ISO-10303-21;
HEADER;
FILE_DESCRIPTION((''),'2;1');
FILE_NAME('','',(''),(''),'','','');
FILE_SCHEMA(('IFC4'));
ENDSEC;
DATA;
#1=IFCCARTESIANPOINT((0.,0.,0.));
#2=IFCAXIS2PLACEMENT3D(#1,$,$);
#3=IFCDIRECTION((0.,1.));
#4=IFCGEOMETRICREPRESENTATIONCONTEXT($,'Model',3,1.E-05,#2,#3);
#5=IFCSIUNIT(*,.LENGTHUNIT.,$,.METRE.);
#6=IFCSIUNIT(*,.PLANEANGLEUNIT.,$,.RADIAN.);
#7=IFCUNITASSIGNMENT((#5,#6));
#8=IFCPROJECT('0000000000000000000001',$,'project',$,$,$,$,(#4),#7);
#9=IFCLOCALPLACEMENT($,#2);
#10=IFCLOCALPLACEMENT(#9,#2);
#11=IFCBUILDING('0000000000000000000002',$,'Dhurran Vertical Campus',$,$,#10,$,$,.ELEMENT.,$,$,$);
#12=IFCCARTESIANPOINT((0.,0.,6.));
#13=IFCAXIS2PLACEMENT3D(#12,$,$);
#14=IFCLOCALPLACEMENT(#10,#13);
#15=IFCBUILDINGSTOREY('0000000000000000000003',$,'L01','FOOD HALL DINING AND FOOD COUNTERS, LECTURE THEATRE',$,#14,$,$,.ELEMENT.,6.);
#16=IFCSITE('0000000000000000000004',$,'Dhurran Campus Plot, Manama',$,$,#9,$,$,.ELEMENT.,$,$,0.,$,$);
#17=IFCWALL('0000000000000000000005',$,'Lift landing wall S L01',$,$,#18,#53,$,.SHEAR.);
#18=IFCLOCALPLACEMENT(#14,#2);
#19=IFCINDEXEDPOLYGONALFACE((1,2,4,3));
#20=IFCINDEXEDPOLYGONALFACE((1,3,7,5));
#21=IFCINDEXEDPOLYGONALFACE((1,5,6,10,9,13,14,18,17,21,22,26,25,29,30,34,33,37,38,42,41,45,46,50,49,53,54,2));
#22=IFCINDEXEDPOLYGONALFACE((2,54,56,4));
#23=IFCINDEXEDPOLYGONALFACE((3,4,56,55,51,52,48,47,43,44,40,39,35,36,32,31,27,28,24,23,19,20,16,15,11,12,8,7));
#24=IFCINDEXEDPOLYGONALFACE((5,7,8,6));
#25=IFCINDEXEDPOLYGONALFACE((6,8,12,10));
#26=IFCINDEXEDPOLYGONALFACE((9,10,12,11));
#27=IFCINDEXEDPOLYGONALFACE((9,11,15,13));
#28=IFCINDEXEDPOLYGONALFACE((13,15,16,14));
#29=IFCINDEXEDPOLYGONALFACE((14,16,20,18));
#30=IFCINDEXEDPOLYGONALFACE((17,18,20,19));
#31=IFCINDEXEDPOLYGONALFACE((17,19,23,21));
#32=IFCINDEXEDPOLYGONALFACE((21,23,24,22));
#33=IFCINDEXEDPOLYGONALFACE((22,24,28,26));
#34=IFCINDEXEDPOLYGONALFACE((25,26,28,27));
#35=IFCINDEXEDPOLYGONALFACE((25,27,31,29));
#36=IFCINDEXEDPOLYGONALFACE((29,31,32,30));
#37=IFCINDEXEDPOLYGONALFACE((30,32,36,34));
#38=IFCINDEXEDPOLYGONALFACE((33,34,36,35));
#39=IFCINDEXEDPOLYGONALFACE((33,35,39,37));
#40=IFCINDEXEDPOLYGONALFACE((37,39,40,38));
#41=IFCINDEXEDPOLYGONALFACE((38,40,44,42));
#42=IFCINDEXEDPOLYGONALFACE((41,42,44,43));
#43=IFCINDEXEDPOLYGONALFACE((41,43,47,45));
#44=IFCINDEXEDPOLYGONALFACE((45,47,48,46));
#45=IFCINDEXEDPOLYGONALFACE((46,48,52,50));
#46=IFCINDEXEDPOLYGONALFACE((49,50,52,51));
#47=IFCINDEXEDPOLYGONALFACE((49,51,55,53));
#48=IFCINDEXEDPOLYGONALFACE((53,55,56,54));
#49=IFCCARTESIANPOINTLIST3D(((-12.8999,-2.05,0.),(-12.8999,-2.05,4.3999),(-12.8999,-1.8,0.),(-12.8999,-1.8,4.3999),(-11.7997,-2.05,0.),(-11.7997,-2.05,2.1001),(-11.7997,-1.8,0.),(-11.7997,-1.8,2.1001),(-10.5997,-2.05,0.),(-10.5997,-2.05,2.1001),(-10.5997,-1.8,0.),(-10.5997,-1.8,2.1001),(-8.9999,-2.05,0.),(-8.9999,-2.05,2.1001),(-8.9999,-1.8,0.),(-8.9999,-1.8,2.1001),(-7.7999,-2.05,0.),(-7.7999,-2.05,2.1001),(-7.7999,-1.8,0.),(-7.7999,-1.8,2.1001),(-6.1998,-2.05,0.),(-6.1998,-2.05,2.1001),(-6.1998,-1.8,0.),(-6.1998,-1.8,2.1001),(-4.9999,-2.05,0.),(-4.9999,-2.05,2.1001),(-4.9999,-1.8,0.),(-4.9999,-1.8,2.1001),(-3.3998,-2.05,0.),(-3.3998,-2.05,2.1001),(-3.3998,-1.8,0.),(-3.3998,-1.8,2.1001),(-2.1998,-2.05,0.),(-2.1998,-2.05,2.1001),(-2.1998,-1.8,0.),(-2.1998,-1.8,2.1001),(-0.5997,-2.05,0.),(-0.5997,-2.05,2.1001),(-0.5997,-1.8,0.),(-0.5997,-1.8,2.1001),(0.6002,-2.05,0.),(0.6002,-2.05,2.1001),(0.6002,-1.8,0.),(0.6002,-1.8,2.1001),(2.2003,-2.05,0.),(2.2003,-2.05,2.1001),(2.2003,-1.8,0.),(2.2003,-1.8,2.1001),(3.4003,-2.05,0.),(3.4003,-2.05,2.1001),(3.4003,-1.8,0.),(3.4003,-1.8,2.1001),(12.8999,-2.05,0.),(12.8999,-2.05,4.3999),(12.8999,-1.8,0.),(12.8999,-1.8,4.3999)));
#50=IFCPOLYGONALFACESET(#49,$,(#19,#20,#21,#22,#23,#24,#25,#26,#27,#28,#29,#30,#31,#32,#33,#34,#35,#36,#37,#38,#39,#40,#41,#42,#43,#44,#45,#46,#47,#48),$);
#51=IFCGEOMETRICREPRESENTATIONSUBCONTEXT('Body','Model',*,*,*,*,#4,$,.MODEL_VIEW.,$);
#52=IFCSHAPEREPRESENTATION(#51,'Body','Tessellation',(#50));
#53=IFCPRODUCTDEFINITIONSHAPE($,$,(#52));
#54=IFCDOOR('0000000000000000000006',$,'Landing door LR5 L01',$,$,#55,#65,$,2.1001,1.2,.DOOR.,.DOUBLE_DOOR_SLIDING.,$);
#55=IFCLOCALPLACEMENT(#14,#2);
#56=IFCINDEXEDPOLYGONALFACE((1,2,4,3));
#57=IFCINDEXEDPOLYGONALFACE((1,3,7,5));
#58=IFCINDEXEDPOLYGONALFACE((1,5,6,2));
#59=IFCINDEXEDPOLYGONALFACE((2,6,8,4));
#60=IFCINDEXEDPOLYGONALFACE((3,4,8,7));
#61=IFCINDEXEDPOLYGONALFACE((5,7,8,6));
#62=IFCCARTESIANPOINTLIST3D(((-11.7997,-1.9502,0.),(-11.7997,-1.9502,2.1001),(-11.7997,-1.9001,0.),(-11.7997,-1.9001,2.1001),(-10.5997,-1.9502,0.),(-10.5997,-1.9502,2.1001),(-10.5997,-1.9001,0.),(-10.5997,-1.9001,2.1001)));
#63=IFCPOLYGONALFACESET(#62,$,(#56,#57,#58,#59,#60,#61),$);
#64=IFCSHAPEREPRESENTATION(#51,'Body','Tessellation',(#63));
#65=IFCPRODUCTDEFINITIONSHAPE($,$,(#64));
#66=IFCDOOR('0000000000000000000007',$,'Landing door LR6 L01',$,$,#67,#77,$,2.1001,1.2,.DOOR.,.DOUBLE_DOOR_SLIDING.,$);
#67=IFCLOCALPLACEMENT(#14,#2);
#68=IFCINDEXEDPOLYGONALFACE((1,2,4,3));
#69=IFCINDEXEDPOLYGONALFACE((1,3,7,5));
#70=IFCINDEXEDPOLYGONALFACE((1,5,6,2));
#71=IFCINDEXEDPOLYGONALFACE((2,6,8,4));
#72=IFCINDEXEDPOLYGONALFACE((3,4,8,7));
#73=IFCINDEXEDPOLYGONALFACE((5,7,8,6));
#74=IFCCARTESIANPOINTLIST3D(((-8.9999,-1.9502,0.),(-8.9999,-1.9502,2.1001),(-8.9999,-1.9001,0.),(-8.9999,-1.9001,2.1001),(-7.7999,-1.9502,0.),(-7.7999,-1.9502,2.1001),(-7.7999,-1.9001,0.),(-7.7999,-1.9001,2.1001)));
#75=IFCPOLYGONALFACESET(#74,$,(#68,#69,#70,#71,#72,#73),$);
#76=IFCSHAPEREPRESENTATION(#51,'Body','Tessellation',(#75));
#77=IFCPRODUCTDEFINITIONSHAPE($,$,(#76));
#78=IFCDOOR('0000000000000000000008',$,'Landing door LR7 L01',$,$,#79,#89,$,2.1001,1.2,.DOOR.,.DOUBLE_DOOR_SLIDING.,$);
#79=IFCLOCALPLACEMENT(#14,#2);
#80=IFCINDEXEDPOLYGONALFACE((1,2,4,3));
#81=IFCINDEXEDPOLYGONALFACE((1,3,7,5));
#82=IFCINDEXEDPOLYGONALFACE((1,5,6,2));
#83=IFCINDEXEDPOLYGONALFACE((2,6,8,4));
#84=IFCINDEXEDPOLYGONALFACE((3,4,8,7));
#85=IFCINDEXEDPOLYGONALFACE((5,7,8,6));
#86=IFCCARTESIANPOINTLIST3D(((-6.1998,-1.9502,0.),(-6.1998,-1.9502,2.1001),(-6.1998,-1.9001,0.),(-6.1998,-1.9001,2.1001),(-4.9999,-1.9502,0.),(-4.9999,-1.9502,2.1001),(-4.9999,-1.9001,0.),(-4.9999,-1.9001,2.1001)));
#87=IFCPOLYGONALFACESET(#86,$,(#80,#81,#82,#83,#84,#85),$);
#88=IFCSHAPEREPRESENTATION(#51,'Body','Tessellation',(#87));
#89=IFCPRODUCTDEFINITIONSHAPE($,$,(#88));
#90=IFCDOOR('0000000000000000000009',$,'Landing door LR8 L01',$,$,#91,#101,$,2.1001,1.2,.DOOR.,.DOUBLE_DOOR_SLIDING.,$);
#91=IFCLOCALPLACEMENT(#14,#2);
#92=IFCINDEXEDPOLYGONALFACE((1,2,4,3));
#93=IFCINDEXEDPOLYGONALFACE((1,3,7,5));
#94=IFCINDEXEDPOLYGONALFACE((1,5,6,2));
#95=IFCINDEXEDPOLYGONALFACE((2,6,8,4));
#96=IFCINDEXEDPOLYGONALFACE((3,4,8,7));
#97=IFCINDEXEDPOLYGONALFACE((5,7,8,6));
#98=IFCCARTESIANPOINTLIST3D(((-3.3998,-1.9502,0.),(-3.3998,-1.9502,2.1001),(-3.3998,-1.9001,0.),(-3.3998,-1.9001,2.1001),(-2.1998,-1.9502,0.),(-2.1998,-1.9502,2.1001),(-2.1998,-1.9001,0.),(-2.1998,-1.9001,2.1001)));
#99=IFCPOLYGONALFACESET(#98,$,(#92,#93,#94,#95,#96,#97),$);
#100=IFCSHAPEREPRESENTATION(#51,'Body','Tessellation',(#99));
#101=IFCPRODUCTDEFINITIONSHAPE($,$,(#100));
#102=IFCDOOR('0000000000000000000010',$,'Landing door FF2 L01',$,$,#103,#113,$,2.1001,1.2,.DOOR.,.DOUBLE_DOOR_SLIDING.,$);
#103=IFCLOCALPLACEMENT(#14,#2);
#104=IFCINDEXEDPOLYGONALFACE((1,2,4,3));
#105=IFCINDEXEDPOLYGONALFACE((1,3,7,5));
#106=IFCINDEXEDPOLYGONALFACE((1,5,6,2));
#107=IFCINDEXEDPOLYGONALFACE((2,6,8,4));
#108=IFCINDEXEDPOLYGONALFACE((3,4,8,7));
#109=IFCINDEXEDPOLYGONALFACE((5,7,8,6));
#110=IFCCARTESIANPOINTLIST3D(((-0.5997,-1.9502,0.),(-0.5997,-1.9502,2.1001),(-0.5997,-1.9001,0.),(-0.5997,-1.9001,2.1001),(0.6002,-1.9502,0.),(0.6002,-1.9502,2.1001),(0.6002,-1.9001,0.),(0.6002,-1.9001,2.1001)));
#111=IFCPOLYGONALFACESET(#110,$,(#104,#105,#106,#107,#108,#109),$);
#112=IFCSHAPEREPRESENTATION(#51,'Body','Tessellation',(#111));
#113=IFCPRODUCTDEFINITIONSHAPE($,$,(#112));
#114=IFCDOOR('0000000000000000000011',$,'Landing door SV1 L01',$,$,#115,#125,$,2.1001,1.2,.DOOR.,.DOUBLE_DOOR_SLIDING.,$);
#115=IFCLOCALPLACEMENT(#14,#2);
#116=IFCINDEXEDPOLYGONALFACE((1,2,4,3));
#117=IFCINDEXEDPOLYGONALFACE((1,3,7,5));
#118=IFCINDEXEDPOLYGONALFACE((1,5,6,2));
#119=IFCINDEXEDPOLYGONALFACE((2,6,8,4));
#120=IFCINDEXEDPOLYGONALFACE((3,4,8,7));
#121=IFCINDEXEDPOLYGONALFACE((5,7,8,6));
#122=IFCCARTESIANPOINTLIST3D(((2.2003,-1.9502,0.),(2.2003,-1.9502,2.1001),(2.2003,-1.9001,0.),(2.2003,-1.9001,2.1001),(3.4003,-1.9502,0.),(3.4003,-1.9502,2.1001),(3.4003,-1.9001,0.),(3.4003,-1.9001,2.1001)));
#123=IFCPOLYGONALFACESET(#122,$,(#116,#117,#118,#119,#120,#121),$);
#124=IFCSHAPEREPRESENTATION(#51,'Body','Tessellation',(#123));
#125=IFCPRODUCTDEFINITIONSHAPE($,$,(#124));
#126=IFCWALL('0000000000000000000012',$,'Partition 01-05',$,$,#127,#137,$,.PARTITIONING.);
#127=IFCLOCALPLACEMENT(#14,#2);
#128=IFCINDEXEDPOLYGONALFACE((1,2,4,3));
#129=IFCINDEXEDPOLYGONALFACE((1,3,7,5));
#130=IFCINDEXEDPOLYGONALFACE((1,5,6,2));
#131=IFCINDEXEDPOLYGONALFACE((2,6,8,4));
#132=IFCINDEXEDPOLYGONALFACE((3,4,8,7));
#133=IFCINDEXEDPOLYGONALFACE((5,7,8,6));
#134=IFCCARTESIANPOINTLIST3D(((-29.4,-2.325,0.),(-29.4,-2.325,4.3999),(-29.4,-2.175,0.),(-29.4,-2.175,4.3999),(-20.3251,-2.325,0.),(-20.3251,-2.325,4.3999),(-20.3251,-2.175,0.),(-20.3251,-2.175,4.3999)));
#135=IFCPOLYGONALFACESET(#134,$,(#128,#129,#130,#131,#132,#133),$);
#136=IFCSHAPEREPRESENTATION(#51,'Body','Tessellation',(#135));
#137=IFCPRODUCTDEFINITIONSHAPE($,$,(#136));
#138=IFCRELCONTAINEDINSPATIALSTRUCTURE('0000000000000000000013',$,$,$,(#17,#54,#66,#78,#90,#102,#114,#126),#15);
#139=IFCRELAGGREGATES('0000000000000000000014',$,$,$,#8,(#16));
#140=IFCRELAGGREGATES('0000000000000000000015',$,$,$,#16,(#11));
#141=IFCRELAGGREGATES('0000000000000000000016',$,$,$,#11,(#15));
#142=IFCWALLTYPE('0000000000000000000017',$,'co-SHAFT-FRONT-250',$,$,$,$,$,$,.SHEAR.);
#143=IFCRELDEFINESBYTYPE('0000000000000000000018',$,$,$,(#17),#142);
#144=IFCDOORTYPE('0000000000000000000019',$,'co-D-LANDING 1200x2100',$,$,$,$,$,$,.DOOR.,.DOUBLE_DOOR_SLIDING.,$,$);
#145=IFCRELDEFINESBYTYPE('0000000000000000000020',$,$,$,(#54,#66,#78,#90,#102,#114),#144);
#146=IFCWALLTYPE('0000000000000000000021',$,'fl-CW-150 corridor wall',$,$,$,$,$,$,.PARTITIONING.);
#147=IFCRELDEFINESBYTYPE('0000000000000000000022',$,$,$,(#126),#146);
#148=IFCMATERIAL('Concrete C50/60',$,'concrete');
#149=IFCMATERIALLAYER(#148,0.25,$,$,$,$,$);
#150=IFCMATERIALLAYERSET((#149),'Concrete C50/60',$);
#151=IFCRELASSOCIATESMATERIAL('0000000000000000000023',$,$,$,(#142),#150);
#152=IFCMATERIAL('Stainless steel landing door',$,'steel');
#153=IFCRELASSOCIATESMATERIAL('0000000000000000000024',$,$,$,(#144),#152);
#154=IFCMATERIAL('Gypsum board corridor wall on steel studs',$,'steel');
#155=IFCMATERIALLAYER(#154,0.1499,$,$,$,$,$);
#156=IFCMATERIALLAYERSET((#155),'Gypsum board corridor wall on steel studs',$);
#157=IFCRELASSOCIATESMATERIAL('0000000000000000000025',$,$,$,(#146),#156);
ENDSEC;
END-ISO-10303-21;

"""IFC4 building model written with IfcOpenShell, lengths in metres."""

from ifc_helpers import new_model, si_unit, direction, frame, frame_2d, origin, place, context, subcontext, project, spatial, rectangle, extrude, material, layer, layer_set, type_object, element, fill, save


model = new_model("IFC4")

# Units and contexts
model_context = context("Model", 3, precision=1e-05, world=origin(), true_north=direction((0.0, 1.0)))
body_context = subcontext(model_context, "Body", "Model", "MODEL_VIEW")
ifc_project = project(units=[si_unit("LENGTHUNIT", "METRE"), si_unit("PLANEANGLEUNIT", "RADIAN")], contexts=[model_context])

# Site, building, storey
site_placement = place(None, origin())
site = spatial("IfcSite", under=ifc_project, at=site_placement, Name="Dhurran Campus Plot, Manama", CompositionType="ELEMENT", RefElevation=0.0)
building_placement = place(site_placement, origin())
building = spatial("IfcBuilding", under=site, at=building_placement, Name="Dhurran Vertical Campus", CompositionType="ELEMENT")
storey_placement = place(building_placement, frame((0.0, 0.0, 6.0)))
storey = spatial("IfcBuildingStorey", under=building, at=storey_placement, Name="L01", Description="FOOD HALL DINING AND FOOD COUNTERS, LECTURE THEATRE", CompositionType="ELEMENT", Elevation=6.0)

# Wall, openings, doors
ifc_material_1 = material(Name="Concrete C50/60", Category="concrete")
ifc_layer_1 = layer(ifc_material_1, 0.25)
ifc_layer_set_1 = layer_set([ifc_layer_1], Name="Concrete C50/60")
wall_type_1 = type_object("IfcWallType", Name="co-SHAFT-FRONT-250", PredefinedType="SHEAR", material=ifc_layer_set_1)
ifc_material_2 = material(Name="Stainless steel landing door", Category="steel")
door_type_1 = type_object("IfcDoorType", Name="co-D-LANDING 1200x2100", OperationType="DOUBLE_DOOR_SLIDING", PredefinedType="DOOR", material=ifc_material_2)
wall_1_placement = place(storey_placement, frame((-12.8999, -1.925, 0.0), z_axis=(0.0, 0.0, 1.0), x_axis=(1.0, 0.0, 0.0)))
wall_1 = element("IfcWall", 1, at=wall_1_placement, inside=storey, type_object=wall_type_1, Name="Lift landing wall S L01", PredefinedType="SHEAR", context=body_context, shape_type="SweptSolid", body=[
    extrude(rectangle(XDim=25.7998, YDim=0.25, at=frame_2d((12.8999, 0.0))), origin(), (0.0, 0.0, 1.0), 4.3999),
])
opening_1_placement = place(wall_1_placement, frame((1.1001, 0.0, 0.0)))
opening_1 = element("IfcOpeningElement", 2, at=opening_1_placement, cuts=wall_1, PredefinedType="OPENING", context=body_context, shape_type="SweptSolid", body=[
    extrude(rectangle(XDim=1.2, YDim=2.1001, at=frame_2d((0.6001, 1.05))), frame((0.0, 0.135, 0.0), z_axis=(0.0, -1.0, 0.0), x_axis=(1.0, 0.0, 0.0)), (0.0, 0.0, 1.0), 0.27),
])
opening_2_placement = place(wall_1_placement, frame((3.8999, 0.0, 0.0)))
opening_2 = element("IfcOpeningElement", 3, at=opening_2_placement, cuts=wall_1, PredefinedType="OPENING", context=body_context, shape_type="SweptSolid", body=[
    extrude(rectangle(XDim=1.2, YDim=2.1001, at=frame_2d((0.6001, 1.05))), frame((0.0, 0.135, 0.0), z_axis=(0.0, -1.0, 0.0), x_axis=(1.0, 0.0, 0.0)), (0.0, 0.0, 1.0), 0.27),
])
opening_3_placement = place(wall_1_placement, frame((6.7, 0.0, 0.0)))
opening_3 = element("IfcOpeningElement", 4, at=opening_3_placement, cuts=wall_1, PredefinedType="OPENING", context=body_context, shape_type="SweptSolid", body=[
    extrude(rectangle(XDim=1.2, YDim=2.1001, at=frame_2d((0.6001, 1.05))), frame((0.0, 0.135, 0.0), z_axis=(0.0, -1.0, 0.0), x_axis=(1.0, 0.0, 0.0)), (0.0, 0.0, 1.0), 0.27),
])
opening_4_placement = place(wall_1_placement, frame((9.5, 0.0, 0.0)))
opening_4 = element("IfcOpeningElement", 5, at=opening_4_placement, cuts=wall_1, PredefinedType="OPENING", context=body_context, shape_type="SweptSolid", body=[
    extrude(rectangle(XDim=1.2, YDim=2.1001, at=frame_2d((0.6001, 1.05))), frame((0.0, 0.135, 0.0), z_axis=(0.0, -1.0, 0.0), x_axis=(1.0, 0.0, 0.0)), (0.0, 0.0, 1.0), 0.27),
])
opening_5_placement = place(wall_1_placement, frame((12.3, 0.0, 0.0)))
opening_5 = element("IfcOpeningElement", 6, at=opening_5_placement, cuts=wall_1, PredefinedType="OPENING", context=body_context, shape_type="SweptSolid", body=[
    extrude(rectangle(XDim=1.2, YDim=2.1001, at=frame_2d((0.6001, 1.05))), frame((0.0, 0.135, 0.0), z_axis=(0.0, -1.0, 0.0), x_axis=(1.0, 0.0, 0.0)), (0.0, 0.0, 1.0), 0.27),
])
opening_6_placement = place(wall_1_placement, frame((15.1001, 0.0, 0.0)))
opening_6 = element("IfcOpeningElement", 7, at=opening_6_placement, cuts=wall_1, PredefinedType="OPENING", context=body_context, shape_type="SweptSolid", body=[
    extrude(rectangle(XDim=1.2, YDim=2.1001, at=frame_2d((0.6001, 1.05))), frame((0.0, 0.135, 0.0), z_axis=(0.0, -1.0, 0.0), x_axis=(1.0, 0.0, 0.0)), (0.0, 0.0, 1.0), 0.27),
])
door_1_placement = place(opening_1_placement, origin())
door_1 = element("IfcDoor", 8, at=door_1_placement, inside=storey, type_object=door_type_1, Name="Landing door LR5 L01", OperationType="DOUBLE_DOOR_SLIDING", OverallHeight=2.1001, OverallWidth=1.2, PredefinedType="DOOR", context=body_context, shape_type="SweptSolid", body=[
    extrude(rectangle(XDim=1.2, YDim=2.1001, at=frame_2d((0.6001, 1.05))), frame((0.0, 0.0249, 0.0), z_axis=(0.0, -1.0, 0.0), x_axis=(1.0, 0.0, 0.0)), (0.0, 0.0, 1.0), 0.05),
])
fill(opening_1, door_1)
door_2_placement = place(opening_2_placement, origin())
door_2 = element("IfcDoor", 9, at=door_2_placement, inside=storey, type_object=door_type_1, Name="Landing door LR6 L01", OperationType="DOUBLE_DOOR_SLIDING", OverallHeight=2.1001, OverallWidth=1.2, PredefinedType="DOOR", context=body_context, shape_type="SweptSolid", body=[
    extrude(rectangle(XDim=1.2, YDim=2.1001, at=frame_2d((0.6001, 1.05))), frame((0.0, 0.0249, 0.0), z_axis=(0.0, -1.0, 0.0), x_axis=(1.0, 0.0, 0.0)), (0.0, 0.0, 1.0), 0.05),
])
fill(opening_2, door_2)
door_3_placement = place(opening_3_placement, origin())
door_3 = element("IfcDoor", 10, at=door_3_placement, inside=storey, type_object=door_type_1, Name="Landing door LR7 L01", OperationType="DOUBLE_DOOR_SLIDING", OverallHeight=2.1001, OverallWidth=1.2, PredefinedType="DOOR", context=body_context, shape_type="SweptSolid", body=[
    extrude(rectangle(XDim=1.2, YDim=2.1001, at=frame_2d((0.6001, 1.05))), frame((0.0, 0.0249, 0.0), z_axis=(0.0, -1.0, 0.0), x_axis=(1.0, 0.0, 0.0)), (0.0, 0.0, 1.0), 0.05),
])
fill(opening_3, door_3)
door_4_placement = place(opening_4_placement, origin())
door_4 = element("IfcDoor", 11, at=door_4_placement, inside=storey, type_object=door_type_1, Name="Landing door LR8 L01", OperationType="DOUBLE_DOOR_SLIDING", OverallHeight=2.1001, OverallWidth=1.2, PredefinedType="DOOR", context=body_context, shape_type="SweptSolid", body=[
    extrude(rectangle(XDim=1.2, YDim=2.1001, at=frame_2d((0.6001, 1.05))), frame((0.0, 0.0249, 0.0), z_axis=(0.0, -1.0, 0.0), x_axis=(1.0, 0.0, 0.0)), (0.0, 0.0, 1.0), 0.05),
])
fill(opening_4, door_4)
door_5_placement = place(opening_5_placement, origin())
door_5 = element("IfcDoor", 12, at=door_5_placement, inside=storey, type_object=door_type_1, Name="Landing door FF2 L01", OperationType="DOUBLE_DOOR_SLIDING", OverallHeight=2.1001, OverallWidth=1.2, PredefinedType="DOOR", context=body_context, shape_type="SweptSolid", body=[
    extrude(rectangle(XDim=1.2, YDim=2.1001, at=frame_2d((0.6001, 1.05))), frame((0.0, 0.0249, 0.0), z_axis=(0.0, -1.0, 0.0), x_axis=(1.0, 0.0, 0.0)), (0.0, 0.0, 1.0), 0.05),
])
fill(opening_5, door_5)
door_6_placement = place(opening_6_placement, origin())
door_6 = element("IfcDoor", 13, at=door_6_placement, inside=storey, type_object=door_type_1, Name="Landing door SV1 L01", OperationType="DOUBLE_DOOR_SLIDING", OverallHeight=2.1001, OverallWidth=1.2, PredefinedType="DOOR", context=body_context, shape_type="SweptSolid", body=[
    extrude(rectangle(XDim=1.2, YDim=2.1001, at=frame_2d((0.6001, 1.05))), frame((0.0, 0.0249, 0.0), z_axis=(0.0, -1.0, 0.0), x_axis=(1.0, 0.0, 0.0)), (0.0, 0.0, 1.0), 0.05),
])
fill(opening_6, door_6)

# Wall
ifc_material_3 = material(Name="Gypsum board corridor wall on steel studs", Category="steel")
ifc_layer_2 = layer(ifc_material_3, 0.1499)
ifc_layer_set_2 = layer_set([ifc_layer_2], Name="Gypsum board corridor wall on steel studs")
wall_type_2 = type_object("IfcWallType", Name="fl-CW-150 corridor wall", PredefinedType="PARTITIONING", material=ifc_layer_set_2)
wall_2_placement = place(storey_placement, frame((-20.325, -2.25, 0.0), z_axis=(0.0, 0.0, 1.0), x_axis=(-1.0, 0.0, 0.0)))
element("IfcWall", 14, at=wall_2_placement, inside=storey, type_object=wall_type_2, Name="Partition 01-05", PredefinedType="PARTITIONING", context=body_context, shape_type="SweptSolid", body=[
    extrude(rectangle(XDim=9.075, YDim=0.1499, at=frame_2d((4.5376, 0.0))), origin(), (0.0, 0.0, 1.0), 4.3999),
])

save(model, "model.ifc")
